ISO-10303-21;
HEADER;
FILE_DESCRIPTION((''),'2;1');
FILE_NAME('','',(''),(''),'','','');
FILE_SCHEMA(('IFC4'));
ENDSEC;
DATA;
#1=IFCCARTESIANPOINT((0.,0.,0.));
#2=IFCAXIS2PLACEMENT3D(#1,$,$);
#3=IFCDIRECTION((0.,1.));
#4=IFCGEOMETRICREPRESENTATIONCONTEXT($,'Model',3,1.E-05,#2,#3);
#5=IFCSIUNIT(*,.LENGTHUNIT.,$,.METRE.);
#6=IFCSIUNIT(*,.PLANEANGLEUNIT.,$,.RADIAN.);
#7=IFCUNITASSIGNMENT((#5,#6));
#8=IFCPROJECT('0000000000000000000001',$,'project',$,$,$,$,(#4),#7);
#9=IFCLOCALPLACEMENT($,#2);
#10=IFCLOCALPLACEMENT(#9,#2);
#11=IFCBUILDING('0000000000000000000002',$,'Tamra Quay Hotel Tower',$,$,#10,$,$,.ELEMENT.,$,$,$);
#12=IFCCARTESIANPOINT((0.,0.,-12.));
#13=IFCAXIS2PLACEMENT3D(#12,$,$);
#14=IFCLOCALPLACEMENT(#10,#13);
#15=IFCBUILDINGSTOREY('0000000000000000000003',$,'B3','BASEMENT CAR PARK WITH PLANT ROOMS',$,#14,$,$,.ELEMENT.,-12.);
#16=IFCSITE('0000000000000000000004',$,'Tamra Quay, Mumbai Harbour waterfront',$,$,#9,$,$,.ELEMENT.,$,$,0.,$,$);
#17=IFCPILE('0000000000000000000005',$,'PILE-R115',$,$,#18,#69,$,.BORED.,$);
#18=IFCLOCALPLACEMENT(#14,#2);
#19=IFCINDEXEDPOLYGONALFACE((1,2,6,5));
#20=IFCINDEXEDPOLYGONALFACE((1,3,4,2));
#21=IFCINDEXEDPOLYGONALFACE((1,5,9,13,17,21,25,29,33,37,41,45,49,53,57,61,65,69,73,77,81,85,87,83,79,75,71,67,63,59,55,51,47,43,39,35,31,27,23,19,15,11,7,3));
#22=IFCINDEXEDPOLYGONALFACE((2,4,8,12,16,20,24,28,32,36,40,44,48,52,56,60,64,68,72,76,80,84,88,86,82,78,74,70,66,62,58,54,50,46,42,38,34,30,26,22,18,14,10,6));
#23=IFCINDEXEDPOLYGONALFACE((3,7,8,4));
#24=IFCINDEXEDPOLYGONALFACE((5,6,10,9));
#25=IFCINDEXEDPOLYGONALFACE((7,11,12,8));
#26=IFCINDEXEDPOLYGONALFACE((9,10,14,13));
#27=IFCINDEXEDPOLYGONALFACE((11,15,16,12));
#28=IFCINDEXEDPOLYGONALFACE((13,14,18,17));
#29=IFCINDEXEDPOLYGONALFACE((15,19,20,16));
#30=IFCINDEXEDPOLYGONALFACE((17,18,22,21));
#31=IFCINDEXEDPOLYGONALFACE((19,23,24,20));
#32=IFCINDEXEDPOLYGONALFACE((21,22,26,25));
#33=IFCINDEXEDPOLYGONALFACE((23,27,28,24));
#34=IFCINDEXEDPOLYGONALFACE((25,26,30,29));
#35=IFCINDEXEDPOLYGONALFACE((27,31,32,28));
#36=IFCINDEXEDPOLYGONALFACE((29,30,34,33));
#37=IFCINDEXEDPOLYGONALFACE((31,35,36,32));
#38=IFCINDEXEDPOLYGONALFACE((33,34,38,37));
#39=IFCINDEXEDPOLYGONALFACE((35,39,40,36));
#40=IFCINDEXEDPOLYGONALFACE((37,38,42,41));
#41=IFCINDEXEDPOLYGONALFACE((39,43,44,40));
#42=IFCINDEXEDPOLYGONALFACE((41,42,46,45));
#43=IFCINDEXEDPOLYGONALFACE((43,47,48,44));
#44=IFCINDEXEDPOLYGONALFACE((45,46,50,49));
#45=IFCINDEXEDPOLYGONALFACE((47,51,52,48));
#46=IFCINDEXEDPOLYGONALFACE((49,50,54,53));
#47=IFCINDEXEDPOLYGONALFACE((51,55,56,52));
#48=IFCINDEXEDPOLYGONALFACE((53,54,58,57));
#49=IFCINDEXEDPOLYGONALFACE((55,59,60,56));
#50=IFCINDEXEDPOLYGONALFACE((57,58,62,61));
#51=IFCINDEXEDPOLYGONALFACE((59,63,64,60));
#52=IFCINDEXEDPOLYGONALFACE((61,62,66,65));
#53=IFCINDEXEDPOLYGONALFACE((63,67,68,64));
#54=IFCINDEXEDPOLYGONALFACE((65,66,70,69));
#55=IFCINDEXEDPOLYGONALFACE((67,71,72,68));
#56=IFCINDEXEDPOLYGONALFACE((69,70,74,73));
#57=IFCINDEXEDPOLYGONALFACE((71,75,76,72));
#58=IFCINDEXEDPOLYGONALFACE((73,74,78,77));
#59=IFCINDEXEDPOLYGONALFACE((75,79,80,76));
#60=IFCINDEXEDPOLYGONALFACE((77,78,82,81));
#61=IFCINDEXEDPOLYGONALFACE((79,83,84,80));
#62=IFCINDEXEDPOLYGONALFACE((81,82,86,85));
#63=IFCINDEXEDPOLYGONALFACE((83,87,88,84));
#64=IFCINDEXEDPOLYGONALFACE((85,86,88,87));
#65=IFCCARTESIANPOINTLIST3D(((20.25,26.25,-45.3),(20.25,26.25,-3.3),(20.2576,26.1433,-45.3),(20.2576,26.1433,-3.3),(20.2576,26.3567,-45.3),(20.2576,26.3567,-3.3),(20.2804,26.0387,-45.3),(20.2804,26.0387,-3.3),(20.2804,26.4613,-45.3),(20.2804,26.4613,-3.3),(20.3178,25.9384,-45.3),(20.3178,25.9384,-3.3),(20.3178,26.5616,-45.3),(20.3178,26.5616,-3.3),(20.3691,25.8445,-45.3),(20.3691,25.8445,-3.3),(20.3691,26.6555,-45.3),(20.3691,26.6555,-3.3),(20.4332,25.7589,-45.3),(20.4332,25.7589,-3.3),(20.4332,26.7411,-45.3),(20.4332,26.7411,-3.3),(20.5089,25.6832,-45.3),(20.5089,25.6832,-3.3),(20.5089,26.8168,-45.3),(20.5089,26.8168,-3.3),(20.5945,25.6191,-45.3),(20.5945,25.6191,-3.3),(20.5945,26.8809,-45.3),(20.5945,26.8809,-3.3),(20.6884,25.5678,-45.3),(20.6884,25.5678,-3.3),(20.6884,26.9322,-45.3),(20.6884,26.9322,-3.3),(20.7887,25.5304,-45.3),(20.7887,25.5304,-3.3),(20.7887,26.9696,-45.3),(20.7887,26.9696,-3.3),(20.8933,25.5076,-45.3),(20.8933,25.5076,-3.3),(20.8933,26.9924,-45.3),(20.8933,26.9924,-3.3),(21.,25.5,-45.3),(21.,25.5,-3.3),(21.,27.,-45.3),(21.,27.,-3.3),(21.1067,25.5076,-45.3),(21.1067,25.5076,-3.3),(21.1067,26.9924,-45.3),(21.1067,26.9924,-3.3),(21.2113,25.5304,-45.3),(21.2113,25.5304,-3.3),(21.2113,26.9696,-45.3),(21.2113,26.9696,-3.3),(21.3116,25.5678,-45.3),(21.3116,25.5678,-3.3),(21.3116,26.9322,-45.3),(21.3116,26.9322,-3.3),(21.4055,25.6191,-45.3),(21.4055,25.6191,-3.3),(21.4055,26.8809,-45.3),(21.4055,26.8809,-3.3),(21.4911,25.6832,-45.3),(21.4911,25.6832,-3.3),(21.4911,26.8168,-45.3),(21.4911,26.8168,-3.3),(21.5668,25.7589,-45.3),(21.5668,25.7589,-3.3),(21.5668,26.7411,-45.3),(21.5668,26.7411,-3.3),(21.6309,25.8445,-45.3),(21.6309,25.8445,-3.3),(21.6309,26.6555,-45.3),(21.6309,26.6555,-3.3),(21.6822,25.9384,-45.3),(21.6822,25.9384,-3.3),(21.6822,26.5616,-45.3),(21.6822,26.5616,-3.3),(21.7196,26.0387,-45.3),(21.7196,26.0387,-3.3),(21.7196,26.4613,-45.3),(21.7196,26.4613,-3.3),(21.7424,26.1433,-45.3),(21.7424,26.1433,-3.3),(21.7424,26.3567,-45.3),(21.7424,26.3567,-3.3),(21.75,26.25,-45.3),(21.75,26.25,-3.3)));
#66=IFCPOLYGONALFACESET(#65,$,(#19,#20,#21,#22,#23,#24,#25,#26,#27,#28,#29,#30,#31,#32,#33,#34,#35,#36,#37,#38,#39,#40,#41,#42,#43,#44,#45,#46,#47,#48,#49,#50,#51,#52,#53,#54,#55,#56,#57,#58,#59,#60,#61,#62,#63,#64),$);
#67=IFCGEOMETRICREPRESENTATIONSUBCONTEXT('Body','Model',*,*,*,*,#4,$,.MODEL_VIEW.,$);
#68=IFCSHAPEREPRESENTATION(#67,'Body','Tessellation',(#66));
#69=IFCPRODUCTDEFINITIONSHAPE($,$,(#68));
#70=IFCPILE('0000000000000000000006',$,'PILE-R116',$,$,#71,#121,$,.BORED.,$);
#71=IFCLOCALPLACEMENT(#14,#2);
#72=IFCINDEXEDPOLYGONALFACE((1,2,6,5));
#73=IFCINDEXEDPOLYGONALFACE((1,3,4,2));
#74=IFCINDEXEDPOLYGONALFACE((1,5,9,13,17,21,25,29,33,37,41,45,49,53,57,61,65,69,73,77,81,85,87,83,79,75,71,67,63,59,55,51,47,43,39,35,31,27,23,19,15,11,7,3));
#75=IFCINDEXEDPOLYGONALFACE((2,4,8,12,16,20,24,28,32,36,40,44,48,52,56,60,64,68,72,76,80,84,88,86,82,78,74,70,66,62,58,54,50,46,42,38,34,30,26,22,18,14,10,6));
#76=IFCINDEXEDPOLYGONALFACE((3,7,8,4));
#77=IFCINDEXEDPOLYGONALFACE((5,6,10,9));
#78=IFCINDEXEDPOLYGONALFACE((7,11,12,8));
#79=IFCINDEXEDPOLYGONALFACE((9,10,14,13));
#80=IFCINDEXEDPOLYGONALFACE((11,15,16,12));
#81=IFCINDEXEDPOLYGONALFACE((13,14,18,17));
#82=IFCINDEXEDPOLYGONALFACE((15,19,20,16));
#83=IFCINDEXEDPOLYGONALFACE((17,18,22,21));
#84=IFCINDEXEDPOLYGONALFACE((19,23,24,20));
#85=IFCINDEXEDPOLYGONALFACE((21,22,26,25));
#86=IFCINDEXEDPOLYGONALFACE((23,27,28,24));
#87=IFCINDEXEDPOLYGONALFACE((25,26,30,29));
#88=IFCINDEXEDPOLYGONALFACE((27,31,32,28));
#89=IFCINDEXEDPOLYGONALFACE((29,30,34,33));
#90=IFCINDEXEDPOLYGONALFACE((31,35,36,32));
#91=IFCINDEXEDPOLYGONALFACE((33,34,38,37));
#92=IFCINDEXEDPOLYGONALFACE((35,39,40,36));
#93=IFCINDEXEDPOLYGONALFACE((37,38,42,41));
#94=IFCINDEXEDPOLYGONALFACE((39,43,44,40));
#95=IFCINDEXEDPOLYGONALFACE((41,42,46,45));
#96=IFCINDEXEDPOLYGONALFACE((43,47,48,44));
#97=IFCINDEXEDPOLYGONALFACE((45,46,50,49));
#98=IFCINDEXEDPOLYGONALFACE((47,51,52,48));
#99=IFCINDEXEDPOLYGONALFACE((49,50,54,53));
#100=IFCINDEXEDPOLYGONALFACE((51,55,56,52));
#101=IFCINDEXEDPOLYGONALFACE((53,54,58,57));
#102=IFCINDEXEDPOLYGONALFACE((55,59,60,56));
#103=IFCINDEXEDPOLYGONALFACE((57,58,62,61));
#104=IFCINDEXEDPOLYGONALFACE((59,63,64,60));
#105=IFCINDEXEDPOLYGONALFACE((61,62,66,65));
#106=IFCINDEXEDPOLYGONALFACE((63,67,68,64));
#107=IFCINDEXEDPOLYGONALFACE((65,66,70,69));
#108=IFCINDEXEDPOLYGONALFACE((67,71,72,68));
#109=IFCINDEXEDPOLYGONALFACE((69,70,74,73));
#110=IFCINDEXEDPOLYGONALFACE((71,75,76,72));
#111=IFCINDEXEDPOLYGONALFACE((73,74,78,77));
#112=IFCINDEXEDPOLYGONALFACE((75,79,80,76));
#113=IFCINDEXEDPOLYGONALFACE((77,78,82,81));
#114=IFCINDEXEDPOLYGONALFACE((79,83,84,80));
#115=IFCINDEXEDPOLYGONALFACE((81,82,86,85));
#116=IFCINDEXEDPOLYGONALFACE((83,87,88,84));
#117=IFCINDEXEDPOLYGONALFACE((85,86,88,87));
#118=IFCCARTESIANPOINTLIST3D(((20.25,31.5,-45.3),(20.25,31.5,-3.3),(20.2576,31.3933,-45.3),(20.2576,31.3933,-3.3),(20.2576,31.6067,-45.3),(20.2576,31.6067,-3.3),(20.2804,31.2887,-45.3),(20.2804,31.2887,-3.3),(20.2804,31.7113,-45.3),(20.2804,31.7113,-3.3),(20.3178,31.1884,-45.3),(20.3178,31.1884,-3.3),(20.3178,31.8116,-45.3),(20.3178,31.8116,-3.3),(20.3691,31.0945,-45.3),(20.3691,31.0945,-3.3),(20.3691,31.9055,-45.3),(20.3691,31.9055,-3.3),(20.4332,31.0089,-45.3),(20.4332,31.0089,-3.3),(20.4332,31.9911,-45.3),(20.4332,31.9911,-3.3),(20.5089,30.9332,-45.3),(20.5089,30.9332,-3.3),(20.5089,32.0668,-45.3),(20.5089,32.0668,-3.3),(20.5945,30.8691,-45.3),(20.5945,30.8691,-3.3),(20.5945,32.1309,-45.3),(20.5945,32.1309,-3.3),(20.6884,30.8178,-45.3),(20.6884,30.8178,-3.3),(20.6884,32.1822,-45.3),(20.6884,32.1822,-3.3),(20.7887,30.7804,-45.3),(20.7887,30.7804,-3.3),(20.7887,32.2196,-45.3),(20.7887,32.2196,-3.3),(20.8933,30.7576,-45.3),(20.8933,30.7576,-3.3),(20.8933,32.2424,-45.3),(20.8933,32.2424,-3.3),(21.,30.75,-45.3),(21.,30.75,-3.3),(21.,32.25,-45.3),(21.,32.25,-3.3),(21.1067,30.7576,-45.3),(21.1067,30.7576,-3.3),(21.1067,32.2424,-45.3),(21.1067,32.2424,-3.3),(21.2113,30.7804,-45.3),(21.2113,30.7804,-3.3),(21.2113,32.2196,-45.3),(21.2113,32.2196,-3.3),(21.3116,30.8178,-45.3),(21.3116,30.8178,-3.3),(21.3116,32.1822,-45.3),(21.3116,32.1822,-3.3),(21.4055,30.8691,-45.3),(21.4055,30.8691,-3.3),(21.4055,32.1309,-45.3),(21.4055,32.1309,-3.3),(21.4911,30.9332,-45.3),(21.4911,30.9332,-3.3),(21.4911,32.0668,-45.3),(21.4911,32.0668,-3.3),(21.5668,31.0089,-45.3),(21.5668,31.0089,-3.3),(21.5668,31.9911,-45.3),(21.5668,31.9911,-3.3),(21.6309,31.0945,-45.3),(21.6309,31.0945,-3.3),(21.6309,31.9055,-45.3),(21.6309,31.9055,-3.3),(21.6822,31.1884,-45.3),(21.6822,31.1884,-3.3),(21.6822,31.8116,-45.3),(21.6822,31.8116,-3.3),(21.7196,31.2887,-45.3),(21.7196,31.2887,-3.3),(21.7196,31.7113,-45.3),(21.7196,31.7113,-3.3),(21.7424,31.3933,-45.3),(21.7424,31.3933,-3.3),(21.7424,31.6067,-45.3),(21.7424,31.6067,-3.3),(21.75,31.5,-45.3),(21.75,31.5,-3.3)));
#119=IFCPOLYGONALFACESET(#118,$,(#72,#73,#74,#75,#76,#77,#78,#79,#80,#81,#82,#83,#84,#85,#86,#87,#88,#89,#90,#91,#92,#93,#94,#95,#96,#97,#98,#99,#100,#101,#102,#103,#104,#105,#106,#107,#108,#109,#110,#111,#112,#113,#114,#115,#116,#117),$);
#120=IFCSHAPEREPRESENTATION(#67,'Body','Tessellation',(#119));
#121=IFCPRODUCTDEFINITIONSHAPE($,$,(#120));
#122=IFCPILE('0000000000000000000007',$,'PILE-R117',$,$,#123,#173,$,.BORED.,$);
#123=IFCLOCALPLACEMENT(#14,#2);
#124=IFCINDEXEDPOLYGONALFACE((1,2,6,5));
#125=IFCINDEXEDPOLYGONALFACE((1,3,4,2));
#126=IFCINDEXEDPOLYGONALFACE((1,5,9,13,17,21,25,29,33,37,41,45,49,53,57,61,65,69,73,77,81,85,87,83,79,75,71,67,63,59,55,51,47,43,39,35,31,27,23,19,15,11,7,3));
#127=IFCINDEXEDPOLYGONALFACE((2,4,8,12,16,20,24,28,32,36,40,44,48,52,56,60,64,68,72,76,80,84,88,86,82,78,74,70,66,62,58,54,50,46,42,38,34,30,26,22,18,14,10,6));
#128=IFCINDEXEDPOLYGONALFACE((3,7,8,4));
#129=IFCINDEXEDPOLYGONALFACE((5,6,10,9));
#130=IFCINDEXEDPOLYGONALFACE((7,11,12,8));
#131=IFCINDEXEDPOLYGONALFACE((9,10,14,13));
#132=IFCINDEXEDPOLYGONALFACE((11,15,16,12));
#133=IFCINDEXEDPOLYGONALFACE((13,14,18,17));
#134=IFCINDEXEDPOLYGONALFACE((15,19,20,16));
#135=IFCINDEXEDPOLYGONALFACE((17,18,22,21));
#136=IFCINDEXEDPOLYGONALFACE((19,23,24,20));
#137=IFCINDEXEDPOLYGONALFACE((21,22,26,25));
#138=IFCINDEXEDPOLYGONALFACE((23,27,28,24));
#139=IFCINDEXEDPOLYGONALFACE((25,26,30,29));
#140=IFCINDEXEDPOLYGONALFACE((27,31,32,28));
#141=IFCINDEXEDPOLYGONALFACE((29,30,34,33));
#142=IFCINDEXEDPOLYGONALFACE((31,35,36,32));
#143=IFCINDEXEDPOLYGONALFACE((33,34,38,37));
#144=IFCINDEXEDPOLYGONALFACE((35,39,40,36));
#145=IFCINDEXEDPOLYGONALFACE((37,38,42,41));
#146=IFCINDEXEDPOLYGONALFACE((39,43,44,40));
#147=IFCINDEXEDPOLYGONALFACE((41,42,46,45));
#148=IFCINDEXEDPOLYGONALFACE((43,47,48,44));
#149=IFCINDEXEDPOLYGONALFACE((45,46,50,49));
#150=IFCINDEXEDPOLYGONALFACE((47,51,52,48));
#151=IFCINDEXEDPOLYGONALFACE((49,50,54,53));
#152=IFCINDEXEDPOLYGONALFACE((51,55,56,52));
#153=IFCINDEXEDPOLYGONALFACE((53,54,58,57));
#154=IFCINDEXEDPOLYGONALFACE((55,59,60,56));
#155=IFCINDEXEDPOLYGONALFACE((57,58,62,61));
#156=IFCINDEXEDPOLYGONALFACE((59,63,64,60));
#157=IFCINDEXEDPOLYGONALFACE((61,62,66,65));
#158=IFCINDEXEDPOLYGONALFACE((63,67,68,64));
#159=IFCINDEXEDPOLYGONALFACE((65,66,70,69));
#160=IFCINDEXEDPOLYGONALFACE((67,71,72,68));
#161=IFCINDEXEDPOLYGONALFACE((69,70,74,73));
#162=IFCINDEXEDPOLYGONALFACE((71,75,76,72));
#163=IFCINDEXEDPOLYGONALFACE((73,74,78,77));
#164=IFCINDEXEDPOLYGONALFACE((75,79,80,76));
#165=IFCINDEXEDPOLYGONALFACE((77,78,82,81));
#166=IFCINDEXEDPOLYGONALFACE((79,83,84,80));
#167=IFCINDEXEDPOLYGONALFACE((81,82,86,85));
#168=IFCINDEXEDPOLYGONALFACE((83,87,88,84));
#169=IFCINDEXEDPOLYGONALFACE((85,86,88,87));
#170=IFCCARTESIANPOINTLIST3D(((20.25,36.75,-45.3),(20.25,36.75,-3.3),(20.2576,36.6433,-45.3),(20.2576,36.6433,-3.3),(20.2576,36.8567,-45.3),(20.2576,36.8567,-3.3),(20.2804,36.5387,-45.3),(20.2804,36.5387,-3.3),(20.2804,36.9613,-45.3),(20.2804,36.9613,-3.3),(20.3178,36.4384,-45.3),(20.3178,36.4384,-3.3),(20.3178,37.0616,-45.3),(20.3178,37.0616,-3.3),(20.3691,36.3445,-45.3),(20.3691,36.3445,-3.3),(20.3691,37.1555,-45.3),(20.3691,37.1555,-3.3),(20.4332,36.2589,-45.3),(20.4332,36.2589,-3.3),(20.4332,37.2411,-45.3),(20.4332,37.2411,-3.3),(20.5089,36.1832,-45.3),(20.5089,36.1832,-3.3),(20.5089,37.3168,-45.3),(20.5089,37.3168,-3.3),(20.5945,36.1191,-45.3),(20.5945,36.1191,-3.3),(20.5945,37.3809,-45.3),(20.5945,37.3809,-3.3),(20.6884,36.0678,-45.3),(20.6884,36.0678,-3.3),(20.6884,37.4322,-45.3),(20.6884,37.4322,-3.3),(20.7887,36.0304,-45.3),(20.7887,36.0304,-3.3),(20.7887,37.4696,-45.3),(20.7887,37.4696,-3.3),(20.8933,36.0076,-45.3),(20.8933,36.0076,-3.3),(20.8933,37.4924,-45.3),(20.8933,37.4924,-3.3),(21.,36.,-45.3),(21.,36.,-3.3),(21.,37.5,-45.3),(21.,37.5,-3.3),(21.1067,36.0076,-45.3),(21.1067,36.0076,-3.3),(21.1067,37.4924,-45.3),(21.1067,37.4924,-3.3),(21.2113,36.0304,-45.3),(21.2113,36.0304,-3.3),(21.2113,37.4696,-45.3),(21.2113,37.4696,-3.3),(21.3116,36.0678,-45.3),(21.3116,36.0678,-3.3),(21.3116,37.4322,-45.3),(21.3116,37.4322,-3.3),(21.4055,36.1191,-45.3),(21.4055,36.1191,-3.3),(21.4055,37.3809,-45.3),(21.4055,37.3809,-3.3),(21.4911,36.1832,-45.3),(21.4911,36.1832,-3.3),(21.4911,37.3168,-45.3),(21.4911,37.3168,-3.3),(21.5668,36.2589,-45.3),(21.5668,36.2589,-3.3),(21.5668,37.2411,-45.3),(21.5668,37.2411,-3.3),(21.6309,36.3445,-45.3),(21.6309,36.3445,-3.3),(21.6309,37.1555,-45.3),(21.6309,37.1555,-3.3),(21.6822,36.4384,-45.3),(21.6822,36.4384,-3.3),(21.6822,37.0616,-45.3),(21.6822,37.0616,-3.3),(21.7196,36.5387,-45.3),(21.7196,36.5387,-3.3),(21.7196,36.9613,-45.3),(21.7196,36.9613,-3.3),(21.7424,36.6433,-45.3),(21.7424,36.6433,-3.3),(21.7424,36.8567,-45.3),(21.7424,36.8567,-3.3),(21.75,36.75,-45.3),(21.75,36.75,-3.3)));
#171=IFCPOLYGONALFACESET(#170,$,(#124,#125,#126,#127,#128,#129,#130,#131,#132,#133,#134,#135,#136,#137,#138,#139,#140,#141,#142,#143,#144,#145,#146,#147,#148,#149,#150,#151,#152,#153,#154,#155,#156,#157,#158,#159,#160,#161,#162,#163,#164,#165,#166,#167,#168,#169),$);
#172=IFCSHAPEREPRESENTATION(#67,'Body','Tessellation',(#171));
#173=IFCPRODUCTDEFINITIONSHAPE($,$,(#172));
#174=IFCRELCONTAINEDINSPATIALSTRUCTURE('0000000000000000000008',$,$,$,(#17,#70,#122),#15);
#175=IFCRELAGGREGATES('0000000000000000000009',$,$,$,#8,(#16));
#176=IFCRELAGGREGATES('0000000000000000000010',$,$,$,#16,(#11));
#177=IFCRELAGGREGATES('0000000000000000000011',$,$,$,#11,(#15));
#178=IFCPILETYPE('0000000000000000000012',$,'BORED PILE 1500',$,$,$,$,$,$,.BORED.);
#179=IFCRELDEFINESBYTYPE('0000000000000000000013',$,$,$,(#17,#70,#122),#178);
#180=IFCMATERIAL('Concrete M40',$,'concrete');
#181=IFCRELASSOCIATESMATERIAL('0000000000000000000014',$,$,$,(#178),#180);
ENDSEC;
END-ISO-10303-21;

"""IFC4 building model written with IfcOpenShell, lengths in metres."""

from ifc_helpers import new_model, si_unit, direction, frame, origin, origin_2d, place, context, subcontext, project, spatial, circle, extrude, material, material_profile, profile_set, type_object, element, save


model = new_model("IFC4")

# Units and contexts
model_context = context("Model", 3, precision=1e-05, world=origin(), true_north=direction((0.0, 1.0)))
body_context = subcontext(model_context, "Body", "Model", "MODEL_VIEW")
ifc_project = project(units=[si_unit("LENGTHUNIT", "METRE"), si_unit("PLANEANGLEUNIT", "RADIAN")], contexts=[model_context])

# Site, building, storey
site_placement = place(None, origin())
site = spatial("IfcSite", under=ifc_project, at=site_placement, Name="Tamra Quay, Mumbai Harbour waterfront", CompositionType="ELEMENT", RefElevation=0.0)
building_placement = place(site_placement, origin())
building = spatial("IfcBuilding", under=site, at=building_placement, Name="Tamra Quay Hotel Tower", CompositionType="ELEMENT")
storey_placement = place(building_placement, frame((0.0, 0.0, -12.0)))
storey = spatial("IfcBuildingStorey", under=building, at=storey_placement, Name="B3", Description="BASEMENT CAR PARK WITH PLANT ROOMS", CompositionType="ELEMENT", Elevation=-12.0)

# Piles
ifc_material_1 = material(Name="Concrete M40", Category="concrete")
ifc_material_profile_1 = material_profile(ifc_material_1, circle(Radius=0.75, at=origin_2d()), Name="BORED PILE 1500")
ifc_profile_set_1 = profile_set([ifc_material_profile_1], Name="Concrete M40")
pile_type_1 = type_object("IfcPileType", Name="BORED PILE 1500", PredefinedType="BORED", material=ifc_profile_set_1)
for number, where, z_axis, x_axis, name in (
    (1, (21.0, 26.25, -3.3), (0.0, 0.0, -1.0), (1.0, 0.0, 0.0), "PILE-R115"),
    (2, (21.0, 31.5, -3.3), (0.0, 0.0, -1.0), (1.0, 0.0, 0.0), "PILE-R116"),
    (3, (21.0, 36.75, -3.3), (0.0, 0.0, -1.0), (1.0, 0.0, 0.0), "PILE-R117"),
):
    element("IfcPile", number, at=place(storey_placement, frame(where, z_axis=z_axis, x_axis=x_axis)), inside=storey, type_object=pile_type_1, Name=name, PredefinedType="BORED", context=body_context, shape_type="SweptSolid", body=[
        extrude(circle(Radius=0.75, at=origin_2d()), origin(), (0.0, 0.0, 1.0), 42.0),
    ])

save(model, "model.ifc")
